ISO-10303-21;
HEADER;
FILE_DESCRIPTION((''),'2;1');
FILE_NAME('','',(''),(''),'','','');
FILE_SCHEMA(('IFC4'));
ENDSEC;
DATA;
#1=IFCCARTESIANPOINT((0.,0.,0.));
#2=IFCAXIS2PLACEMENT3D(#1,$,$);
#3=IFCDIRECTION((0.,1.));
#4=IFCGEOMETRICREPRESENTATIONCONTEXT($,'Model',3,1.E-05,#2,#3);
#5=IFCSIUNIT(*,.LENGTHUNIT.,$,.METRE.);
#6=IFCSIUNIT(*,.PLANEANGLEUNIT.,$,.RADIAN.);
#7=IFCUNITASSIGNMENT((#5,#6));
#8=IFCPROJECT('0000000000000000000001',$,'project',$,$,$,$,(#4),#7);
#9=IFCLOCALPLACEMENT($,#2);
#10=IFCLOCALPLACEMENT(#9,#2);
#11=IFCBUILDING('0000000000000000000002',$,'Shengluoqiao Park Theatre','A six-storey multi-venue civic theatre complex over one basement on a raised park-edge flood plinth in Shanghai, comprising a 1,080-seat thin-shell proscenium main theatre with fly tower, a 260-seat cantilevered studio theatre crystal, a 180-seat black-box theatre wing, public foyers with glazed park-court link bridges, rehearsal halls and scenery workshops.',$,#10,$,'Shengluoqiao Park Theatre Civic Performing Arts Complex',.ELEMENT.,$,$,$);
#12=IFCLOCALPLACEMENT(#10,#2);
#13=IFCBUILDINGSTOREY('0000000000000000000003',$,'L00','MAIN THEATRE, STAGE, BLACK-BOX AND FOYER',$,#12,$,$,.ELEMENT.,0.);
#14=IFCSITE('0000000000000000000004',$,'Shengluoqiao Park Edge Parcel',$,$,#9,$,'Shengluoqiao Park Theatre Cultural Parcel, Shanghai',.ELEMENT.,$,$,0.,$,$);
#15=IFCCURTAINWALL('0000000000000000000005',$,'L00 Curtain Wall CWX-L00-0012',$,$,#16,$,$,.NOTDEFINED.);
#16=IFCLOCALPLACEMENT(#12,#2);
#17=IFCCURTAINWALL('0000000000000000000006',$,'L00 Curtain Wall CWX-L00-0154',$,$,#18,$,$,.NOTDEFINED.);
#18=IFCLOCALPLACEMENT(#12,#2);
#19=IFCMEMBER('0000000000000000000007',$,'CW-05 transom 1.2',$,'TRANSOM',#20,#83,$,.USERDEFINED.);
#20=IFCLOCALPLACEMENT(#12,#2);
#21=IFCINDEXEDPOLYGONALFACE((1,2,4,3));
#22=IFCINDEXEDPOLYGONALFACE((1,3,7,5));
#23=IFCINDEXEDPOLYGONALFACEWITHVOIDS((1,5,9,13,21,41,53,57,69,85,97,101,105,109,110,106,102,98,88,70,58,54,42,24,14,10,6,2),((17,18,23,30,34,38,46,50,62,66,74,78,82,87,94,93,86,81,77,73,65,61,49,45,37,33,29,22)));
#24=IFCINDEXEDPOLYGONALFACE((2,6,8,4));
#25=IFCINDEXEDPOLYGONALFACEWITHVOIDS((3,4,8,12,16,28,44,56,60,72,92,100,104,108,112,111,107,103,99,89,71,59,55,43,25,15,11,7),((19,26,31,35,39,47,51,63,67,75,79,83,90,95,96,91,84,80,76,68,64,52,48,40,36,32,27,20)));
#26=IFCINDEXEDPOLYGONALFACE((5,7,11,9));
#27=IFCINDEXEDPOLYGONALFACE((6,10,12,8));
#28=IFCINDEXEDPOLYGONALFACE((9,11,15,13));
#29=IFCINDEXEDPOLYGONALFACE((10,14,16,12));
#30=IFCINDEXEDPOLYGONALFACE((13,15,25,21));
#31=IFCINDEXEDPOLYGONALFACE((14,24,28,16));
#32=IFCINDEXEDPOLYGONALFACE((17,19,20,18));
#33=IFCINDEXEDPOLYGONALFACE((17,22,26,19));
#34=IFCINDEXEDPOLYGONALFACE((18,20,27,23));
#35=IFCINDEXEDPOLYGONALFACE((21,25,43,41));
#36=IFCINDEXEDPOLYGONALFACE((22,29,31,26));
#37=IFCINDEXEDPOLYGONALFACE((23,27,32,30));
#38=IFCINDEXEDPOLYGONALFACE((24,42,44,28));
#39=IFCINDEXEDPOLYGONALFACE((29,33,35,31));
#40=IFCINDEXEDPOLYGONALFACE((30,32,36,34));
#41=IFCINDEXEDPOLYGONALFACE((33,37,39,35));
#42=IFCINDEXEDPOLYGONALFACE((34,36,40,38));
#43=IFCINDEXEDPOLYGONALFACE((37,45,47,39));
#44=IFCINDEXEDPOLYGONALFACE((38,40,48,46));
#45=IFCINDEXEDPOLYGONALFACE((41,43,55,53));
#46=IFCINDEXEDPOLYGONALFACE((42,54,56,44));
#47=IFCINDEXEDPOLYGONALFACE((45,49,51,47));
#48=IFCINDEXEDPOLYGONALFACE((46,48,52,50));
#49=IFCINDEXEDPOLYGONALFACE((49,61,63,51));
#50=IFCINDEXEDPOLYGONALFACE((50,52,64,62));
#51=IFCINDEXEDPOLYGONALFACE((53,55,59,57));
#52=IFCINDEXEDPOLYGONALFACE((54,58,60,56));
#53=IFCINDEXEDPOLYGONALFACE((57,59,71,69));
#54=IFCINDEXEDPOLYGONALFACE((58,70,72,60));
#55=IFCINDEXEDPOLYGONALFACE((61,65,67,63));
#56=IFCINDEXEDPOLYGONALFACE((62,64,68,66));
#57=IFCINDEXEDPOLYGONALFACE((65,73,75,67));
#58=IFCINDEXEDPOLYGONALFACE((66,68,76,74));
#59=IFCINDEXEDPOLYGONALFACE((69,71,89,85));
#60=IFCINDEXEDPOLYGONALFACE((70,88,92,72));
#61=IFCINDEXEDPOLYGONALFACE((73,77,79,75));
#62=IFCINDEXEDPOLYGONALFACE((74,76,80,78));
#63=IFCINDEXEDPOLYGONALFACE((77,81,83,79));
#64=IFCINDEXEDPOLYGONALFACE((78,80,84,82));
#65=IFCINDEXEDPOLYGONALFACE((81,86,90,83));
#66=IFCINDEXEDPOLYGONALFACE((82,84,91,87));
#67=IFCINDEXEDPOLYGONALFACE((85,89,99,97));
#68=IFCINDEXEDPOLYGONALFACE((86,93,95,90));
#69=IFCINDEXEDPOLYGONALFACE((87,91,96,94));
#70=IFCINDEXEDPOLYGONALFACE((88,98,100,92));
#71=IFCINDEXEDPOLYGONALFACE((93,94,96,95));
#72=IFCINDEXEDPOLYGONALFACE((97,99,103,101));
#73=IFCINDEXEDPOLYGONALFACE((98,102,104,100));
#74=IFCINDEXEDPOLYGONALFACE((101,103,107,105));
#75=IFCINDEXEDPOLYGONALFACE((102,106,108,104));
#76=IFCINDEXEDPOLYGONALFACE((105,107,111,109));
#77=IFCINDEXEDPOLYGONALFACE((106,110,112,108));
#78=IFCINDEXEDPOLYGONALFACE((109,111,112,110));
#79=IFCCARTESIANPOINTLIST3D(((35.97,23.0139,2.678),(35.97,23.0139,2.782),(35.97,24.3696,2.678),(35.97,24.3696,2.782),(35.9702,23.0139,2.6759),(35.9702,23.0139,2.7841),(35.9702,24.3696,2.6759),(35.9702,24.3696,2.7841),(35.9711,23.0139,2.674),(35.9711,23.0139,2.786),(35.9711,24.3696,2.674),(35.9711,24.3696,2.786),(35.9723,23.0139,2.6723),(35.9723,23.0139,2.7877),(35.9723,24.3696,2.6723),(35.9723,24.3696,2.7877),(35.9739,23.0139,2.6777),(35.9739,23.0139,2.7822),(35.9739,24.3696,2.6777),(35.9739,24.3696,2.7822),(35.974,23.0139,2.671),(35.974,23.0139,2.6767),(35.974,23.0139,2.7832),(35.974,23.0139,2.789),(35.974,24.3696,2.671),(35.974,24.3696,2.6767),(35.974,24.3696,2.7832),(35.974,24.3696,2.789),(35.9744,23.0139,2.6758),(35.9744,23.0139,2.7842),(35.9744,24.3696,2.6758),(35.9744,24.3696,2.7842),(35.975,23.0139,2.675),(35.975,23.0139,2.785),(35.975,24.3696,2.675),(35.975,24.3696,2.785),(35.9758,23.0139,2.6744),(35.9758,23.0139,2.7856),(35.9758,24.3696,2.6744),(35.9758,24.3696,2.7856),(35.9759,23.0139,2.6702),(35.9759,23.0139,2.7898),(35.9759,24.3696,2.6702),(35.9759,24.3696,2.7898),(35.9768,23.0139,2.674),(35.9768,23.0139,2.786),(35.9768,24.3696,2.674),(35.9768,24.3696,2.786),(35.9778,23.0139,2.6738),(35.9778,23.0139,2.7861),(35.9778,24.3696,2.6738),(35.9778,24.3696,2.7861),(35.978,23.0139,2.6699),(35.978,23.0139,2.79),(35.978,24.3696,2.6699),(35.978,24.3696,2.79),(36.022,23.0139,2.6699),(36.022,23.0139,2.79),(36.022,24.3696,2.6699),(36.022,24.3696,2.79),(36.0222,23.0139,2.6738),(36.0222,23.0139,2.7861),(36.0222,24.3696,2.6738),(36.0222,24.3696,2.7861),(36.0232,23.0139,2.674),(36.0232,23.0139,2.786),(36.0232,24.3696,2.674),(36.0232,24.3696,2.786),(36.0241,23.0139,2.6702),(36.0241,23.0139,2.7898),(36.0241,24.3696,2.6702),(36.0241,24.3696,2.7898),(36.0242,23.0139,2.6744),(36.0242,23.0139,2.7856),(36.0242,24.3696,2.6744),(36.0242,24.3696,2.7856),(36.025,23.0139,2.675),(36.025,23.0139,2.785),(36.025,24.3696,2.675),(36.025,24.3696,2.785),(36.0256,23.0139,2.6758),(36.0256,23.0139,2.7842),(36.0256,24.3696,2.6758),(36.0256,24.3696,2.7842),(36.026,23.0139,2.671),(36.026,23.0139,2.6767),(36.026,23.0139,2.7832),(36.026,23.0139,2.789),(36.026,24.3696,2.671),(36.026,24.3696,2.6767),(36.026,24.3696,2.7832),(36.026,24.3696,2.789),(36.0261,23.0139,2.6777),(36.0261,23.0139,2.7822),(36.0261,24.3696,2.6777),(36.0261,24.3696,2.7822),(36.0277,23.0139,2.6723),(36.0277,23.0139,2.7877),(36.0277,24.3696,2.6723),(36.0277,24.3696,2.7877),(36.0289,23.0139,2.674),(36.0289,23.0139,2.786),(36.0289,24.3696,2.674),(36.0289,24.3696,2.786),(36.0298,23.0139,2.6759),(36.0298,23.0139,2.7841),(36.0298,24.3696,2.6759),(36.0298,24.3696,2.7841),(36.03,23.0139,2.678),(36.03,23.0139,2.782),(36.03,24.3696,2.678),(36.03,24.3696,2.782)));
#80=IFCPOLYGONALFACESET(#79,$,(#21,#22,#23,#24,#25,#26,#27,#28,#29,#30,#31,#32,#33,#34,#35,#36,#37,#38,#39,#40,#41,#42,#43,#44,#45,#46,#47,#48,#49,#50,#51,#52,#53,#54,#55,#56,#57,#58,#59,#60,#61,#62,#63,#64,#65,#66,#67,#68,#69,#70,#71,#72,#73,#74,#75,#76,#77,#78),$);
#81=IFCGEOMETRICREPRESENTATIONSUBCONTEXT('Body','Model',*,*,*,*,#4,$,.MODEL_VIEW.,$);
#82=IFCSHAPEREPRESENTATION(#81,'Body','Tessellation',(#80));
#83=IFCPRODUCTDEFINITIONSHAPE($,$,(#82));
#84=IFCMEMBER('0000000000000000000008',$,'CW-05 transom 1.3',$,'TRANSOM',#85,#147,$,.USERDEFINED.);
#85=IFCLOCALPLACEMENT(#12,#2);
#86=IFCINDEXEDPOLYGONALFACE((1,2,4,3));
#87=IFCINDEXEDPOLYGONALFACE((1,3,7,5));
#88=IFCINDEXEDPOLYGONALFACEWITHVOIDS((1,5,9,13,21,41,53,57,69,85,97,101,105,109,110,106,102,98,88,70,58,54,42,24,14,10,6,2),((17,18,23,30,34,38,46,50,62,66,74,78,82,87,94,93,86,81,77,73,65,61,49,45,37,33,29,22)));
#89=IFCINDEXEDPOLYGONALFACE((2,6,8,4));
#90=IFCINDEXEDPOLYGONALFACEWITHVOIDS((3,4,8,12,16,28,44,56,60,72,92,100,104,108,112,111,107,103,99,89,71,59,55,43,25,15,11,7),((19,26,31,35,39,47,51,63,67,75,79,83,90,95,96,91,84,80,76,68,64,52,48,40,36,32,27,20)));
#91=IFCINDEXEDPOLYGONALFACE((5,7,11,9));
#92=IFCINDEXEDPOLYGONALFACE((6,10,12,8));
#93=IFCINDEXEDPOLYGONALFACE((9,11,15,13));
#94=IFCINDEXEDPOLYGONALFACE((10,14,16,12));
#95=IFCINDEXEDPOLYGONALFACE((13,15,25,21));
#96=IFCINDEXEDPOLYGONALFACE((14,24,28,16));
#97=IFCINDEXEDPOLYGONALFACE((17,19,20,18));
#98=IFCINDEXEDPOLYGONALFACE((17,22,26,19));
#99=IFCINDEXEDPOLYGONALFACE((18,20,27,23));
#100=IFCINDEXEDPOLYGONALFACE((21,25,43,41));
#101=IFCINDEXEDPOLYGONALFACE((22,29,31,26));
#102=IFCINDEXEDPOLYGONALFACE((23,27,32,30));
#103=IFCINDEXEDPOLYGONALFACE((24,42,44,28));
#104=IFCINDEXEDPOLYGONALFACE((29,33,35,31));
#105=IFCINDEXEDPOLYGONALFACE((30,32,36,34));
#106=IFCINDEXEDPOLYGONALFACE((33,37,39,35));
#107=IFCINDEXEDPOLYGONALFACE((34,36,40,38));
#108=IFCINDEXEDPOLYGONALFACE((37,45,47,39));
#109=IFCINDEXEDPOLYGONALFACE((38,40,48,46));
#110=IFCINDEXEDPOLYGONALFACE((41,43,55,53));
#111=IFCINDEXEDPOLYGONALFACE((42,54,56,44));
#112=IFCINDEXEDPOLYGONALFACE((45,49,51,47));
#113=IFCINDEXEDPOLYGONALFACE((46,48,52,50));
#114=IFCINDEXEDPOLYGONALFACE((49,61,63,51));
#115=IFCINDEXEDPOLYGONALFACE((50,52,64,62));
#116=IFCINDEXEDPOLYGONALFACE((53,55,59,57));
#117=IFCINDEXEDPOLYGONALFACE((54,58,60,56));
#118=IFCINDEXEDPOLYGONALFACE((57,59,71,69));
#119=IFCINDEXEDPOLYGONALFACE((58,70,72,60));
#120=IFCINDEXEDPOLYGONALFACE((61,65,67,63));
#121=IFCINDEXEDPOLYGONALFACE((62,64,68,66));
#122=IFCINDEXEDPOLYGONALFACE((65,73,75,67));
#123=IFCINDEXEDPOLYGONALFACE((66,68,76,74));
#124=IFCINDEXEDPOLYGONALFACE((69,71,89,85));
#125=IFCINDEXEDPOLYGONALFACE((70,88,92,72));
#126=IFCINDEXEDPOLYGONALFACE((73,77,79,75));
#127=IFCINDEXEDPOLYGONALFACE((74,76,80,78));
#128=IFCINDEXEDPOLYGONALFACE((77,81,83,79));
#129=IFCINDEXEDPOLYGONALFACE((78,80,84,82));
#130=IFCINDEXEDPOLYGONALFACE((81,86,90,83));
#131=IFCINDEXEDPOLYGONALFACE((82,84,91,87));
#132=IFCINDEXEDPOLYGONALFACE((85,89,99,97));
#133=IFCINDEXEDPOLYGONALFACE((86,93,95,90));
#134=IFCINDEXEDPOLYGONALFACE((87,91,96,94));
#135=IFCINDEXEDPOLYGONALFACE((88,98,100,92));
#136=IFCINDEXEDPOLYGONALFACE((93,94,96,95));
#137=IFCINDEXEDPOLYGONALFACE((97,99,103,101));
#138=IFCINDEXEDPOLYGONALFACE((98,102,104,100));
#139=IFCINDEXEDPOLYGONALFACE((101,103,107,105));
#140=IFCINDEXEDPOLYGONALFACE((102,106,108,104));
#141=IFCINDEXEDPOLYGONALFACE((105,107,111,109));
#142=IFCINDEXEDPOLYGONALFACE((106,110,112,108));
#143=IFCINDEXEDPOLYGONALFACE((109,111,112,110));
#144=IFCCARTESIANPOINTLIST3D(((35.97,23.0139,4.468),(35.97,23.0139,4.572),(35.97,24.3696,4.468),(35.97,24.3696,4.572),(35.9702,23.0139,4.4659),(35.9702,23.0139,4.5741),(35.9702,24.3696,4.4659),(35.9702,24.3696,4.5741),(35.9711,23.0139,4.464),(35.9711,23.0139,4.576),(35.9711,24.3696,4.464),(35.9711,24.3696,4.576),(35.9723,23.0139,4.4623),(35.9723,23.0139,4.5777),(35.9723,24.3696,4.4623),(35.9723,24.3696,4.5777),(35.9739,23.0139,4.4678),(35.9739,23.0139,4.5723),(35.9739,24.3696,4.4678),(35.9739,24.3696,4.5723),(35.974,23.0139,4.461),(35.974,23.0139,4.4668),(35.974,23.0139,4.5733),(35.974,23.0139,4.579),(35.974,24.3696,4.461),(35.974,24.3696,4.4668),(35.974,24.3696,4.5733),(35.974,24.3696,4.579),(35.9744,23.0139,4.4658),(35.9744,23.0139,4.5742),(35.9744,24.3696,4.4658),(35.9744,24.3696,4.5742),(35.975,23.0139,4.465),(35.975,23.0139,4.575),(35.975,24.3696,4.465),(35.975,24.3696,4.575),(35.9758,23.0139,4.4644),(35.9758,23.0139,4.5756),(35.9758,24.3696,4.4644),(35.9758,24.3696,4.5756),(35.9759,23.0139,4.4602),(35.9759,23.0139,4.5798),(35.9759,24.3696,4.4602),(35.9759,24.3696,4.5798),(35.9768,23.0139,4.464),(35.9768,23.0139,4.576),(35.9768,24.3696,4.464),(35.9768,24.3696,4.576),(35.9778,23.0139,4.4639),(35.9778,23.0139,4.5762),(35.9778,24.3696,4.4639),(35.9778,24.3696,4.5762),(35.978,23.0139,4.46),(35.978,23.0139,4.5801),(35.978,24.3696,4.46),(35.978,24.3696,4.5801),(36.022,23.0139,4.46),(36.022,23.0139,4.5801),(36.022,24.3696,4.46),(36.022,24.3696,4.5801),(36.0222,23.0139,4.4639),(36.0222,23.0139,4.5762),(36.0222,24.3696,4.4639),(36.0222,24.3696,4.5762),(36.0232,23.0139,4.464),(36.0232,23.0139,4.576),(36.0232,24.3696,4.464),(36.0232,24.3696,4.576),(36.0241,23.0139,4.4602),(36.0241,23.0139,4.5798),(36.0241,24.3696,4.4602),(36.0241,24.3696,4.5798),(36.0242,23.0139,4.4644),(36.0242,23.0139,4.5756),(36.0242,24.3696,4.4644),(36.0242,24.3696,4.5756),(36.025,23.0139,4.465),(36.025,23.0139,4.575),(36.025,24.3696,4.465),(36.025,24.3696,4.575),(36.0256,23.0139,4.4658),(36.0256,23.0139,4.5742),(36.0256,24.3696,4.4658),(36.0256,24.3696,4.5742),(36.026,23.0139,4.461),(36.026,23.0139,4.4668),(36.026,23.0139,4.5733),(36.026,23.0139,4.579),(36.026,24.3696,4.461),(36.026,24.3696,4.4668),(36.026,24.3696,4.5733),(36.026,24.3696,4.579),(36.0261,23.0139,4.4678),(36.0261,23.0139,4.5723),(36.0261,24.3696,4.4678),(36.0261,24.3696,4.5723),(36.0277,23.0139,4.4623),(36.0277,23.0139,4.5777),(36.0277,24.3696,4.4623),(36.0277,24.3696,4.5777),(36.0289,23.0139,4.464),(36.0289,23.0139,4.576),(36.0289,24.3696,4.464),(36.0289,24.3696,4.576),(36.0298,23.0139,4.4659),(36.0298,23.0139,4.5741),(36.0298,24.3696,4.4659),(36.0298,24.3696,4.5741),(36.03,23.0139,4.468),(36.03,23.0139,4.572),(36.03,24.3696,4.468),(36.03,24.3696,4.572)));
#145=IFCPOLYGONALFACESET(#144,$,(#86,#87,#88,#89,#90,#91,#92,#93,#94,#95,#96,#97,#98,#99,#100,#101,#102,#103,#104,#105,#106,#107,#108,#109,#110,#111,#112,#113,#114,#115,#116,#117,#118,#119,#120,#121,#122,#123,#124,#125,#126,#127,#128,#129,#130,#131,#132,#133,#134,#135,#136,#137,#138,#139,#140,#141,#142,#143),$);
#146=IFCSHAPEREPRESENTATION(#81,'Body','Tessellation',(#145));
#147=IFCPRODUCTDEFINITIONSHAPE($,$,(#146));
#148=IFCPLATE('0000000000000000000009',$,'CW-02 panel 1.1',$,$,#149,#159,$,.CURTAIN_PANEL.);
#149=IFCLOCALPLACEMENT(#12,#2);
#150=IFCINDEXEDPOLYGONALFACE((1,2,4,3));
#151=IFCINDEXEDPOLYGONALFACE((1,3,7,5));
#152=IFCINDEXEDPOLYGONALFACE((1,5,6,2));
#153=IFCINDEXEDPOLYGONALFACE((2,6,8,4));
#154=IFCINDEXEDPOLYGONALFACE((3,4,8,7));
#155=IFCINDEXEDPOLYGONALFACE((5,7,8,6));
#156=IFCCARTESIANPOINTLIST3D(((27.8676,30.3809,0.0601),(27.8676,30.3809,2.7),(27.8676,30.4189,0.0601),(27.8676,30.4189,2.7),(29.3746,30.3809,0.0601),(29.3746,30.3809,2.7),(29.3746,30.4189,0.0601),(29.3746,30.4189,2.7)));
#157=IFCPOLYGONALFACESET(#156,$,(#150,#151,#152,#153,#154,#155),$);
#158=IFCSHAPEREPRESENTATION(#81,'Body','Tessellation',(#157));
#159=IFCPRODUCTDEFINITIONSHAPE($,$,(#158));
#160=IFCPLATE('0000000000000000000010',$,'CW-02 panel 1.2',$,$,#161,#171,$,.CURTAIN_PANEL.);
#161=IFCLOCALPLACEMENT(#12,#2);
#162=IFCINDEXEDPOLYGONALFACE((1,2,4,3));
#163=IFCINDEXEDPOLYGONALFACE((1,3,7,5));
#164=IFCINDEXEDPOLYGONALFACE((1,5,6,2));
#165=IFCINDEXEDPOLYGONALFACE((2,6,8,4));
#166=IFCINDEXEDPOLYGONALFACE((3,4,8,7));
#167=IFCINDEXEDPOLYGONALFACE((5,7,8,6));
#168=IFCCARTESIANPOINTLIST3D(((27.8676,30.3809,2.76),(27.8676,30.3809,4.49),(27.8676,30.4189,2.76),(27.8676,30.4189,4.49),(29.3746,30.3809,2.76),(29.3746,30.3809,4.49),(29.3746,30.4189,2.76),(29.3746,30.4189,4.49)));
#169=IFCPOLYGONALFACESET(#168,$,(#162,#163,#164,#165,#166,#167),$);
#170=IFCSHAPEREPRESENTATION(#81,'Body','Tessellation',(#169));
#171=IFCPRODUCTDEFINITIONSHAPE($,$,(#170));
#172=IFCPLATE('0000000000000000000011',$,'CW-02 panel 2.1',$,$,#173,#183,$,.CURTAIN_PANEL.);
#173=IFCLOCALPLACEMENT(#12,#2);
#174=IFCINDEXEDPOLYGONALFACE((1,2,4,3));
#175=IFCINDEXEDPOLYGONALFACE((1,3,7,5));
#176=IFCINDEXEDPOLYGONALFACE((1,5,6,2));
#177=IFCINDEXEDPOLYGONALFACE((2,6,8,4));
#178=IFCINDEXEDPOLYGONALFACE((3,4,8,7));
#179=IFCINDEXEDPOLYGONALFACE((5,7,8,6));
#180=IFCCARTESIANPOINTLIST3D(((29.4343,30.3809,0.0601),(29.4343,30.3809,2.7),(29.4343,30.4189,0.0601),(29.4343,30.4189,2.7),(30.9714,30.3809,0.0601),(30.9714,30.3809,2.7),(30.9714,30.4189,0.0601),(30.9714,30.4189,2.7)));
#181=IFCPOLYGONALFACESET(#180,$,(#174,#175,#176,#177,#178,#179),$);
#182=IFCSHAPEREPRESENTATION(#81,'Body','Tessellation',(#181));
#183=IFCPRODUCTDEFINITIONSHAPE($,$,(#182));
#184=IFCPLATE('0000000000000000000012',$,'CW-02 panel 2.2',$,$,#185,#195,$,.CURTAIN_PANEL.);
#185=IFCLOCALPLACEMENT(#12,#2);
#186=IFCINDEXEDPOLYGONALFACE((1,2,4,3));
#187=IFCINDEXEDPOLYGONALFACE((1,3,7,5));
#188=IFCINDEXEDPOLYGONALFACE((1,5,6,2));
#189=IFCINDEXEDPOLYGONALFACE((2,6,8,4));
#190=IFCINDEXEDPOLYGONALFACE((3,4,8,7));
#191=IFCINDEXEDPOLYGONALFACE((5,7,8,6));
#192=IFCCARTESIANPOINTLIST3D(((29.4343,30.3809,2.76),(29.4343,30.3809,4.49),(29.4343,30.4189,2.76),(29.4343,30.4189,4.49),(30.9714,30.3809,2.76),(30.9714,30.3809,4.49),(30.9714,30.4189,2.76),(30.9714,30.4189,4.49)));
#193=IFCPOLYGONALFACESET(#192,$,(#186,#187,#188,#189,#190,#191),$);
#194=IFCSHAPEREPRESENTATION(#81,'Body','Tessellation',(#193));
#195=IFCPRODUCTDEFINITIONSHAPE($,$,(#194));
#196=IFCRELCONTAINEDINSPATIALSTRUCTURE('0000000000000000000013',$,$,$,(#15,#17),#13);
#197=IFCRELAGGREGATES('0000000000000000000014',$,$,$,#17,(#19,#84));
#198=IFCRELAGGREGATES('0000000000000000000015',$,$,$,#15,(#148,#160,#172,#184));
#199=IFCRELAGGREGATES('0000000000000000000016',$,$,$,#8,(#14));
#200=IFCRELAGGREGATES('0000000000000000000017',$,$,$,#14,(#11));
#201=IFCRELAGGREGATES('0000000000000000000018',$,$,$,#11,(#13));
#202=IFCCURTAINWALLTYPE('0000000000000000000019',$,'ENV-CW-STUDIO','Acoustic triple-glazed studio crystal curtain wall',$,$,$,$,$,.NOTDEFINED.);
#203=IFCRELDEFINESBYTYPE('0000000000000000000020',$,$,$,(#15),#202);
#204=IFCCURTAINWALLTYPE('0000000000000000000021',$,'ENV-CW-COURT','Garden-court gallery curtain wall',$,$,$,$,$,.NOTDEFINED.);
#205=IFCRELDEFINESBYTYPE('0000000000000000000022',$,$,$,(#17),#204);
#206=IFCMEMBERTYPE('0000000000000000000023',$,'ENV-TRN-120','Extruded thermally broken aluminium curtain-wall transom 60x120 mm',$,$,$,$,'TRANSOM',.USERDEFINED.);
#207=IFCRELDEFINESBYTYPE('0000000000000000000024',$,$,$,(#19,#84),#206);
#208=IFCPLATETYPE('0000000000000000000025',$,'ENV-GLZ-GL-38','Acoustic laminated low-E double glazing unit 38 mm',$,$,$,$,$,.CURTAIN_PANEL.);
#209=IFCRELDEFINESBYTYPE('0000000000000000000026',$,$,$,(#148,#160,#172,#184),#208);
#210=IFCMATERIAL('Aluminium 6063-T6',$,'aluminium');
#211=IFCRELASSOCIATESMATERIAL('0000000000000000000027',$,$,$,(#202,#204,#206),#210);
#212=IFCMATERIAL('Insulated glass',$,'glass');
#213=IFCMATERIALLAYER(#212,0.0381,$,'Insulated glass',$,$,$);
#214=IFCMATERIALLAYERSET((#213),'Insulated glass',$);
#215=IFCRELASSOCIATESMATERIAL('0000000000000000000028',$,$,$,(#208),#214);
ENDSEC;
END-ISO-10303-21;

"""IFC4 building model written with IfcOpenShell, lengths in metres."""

from ifc_helpers import new_model, si_unit, direction, frame, origin, origin_2d, place, context, subcontext, project, spatial, rectangle, hollow_rectangle, extrude, material, layer, layer_set, material_profile, profile_set, type_object, element, aggregate, save


model = new_model("IFC4")

# Units and contexts
model_context = context("Model", 3, precision=1e-05, world=origin(), true_north=direction((0.0, 1.0)))
body_context = subcontext(model_context, "Body", "Model", "MODEL_VIEW")
ifc_project = project(units=[si_unit("LENGTHUNIT", "METRE"), si_unit("PLANEANGLEUNIT", "RADIAN")], contexts=[model_context])

# Site, building, storey
site_placement = place(None, origin())
site = spatial("IfcSite", under=ifc_project, at=site_placement, Name="Shengluoqiao Park Edge Parcel", LongName="Shengluoqiao Park Theatre Cultural Parcel, Shanghai", CompositionType="ELEMENT", RefElevation=0.0)
building_placement = place(site_placement, origin())
building = spatial("IfcBuilding", under=site, at=building_placement, Name="Shengluoqiao Park Theatre", Description="A six-storey multi-venue civic theatre complex over one basement on a raised park-edge flood plinth in Shanghai, comprising a 1,080-seat thin-shell proscenium main theatre with fly tower, a 260-seat cantilevered studio theatre crystal, a 180-seat black-box theatre wing, public foyers with glazed park-court link bridges, rehearsal halls and scenery workshops.", LongName="Shengluoqiao Park Theatre Civic Performing Arts Complex", CompositionType="ELEMENT")
storey_placement = place(building_placement, origin())
storey = spatial("IfcBuildingStorey", under=building, at=storey_placement, Name="L00", Description="MAIN THEATRE, STAGE, BLACK-BOX AND FOYER", CompositionType="ELEMENT", Elevation=0.0)

# Curtain wall
ifc_material_1 = material(Name="Aluminium 6063-T6", Category="aluminium")
curtain_wall_type_1 = type_object("IfcCurtainWallType", Name="ENV-CW-STUDIO", Description="Acoustic triple-glazed studio crystal curtain wall", PredefinedType="NOTDEFINED", material=ifc_material_1)
curtain_wall_1_placement = place(storey_placement, origin())
curtain_wall_1 = element("IfcCurtainWall", 1, at=curtain_wall_1_placement, inside=storey, type_object=curtain_wall_type_1, Name="L00 Curtain Wall CWX-L00-0012", PredefinedType="NOTDEFINED")

# Curtain wall
curtain_wall_type_2 = type_object("IfcCurtainWallType", Name="ENV-CW-COURT", Description="Garden-court gallery curtain wall", PredefinedType="NOTDEFINED", material=ifc_material_1)
curtain_wall_2_placement = place(storey_placement, origin())
curtain_wall_2 = element("IfcCurtainWall", 2, at=curtain_wall_2_placement, inside=storey, type_object=curtain_wall_type_2, Name="L00 Curtain Wall CWX-L00-0154", PredefinedType="NOTDEFINED")

# Members
ifc_material_profile_1 = material_profile(ifc_material_1, hollow_rectangle(XDim=0.0601, YDim=0.1201, WallThickness=0.0039, InnerFilletRadius=0.0039, OuterFilletRadius=0.0081, at=origin_2d()), Name="ALU TRANSOM 120x60x4")
ifc_profile_set_1 = profile_set([ifc_material_profile_1], Name="Aluminium 6063-T6")
member_type_1 = type_object("IfcMemberType", Name="ENV-TRN-120", Description="Extruded thermally broken aluminium curtain-wall transom 60x120 mm", ElementType="TRANSOM", PredefinedType="USERDEFINED", material=ifc_profile_set_1)
member_1_placement = place(storey_placement, frame((36.0, 23.0139, 2.73), z_axis=(0.0, 1.0, 0.0), x_axis=(-1.0, 0.0, 0.0)))
member_1 = element("IfcMember", 3, at=member_1_placement, type_object=member_type_1, Name="CW-05 transom 1.2", ObjectType="TRANSOM", PredefinedType="USERDEFINED", context=body_context, shape_type="SweptSolid", body=[
    extrude(hollow_rectangle(XDim=0.0601, YDim=0.1201, WallThickness=0.0039, InnerFilletRadius=0.0039, OuterFilletRadius=0.0081, at=origin_2d()), origin(), (0.0, 0.0, 1.0), 1.3557),
])
member_2_placement = place(storey_placement, frame((36.0, 23.0139, 4.52), z_axis=(0.0, 1.0, 0.0), x_axis=(-1.0, 0.0, 0.0)))
member_2 = element("IfcMember", 4, at=member_2_placement, type_object=member_type_1, Name="CW-05 transom 1.3", ObjectType="TRANSOM", PredefinedType="USERDEFINED", context=body_context, shape_type="SweptSolid", body=[
    extrude(hollow_rectangle(XDim=0.0601, YDim=0.1201, WallThickness=0.0039, InnerFilletRadius=0.0039, OuterFilletRadius=0.0081, at=origin_2d()), origin(), (0.0, 0.0, 1.0), 1.3557),
])
aggregate(curtain_wall_2, [member_1, member_2])

# Plates
ifc_material_2 = material(Name="Insulated glass", Category="glass")
ifc_layer = layer(ifc_material_2, 0.0381, Name="Insulated glass")
ifc_layer_set = layer_set([ifc_layer], Name="Insulated glass")
plate_type = type_object("IfcPlateType", Name="ENV-GLZ-GL-38", Description="Acoustic laminated low-E double glazing unit 38 mm", PredefinedType="CURTAIN_PANEL", material=ifc_layer_set)
plate_1_placement = place(storey_placement, frame((28.6211, 30.3999, 0.0601), z_axis=(0.0, 0.0, 1.0), x_axis=(1.0, 0.0, 0.0)))
plate_1 = element("IfcPlate", 5, at=plate_1_placement, type_object=plate_type, Name="CW-02 panel 1.1", PredefinedType="CURTAIN_PANEL", context=body_context, shape_type="SweptSolid", body=[
    extrude(rectangle(XDim=1.5071, YDim=0.0381, at=origin_2d()), origin(), (0.0, 0.0, 1.0), 2.6399),
])
plate_2_placement = place(storey_placement, frame((28.6211, 30.3999, 2.76), z_axis=(0.0, 0.0, 1.0), x_axis=(1.0, 0.0, 0.0)))
plate_2 = element("IfcPlate", 6, at=plate_2_placement, type_object=plate_type, Name="CW-02 panel 1.2", PredefinedType="CURTAIN_PANEL", context=body_context, shape_type="SweptSolid", body=[
    extrude(rectangle(XDim=1.5071, YDim=0.0381, at=origin_2d()), origin(), (0.0, 0.0, 1.0), 1.73),
])
plate_3_placement = place(storey_placement, frame((30.2029, 30.3999, 0.0601), z_axis=(0.0, 0.0, 1.0), x_axis=(1.0, 0.0, 0.0)))
plate_3 = element("IfcPlate", 7, at=plate_3_placement, type_object=plate_type, Name="CW-02 panel 2.1", PredefinedType="CURTAIN_PANEL", context=body_context, shape_type="SweptSolid", body=[
    extrude(rectangle(XDim=1.5371, YDim=0.0381, at=origin_2d()), origin(), (0.0, 0.0, 1.0), 2.6399),
])
plate_4_placement = place(storey_placement, frame((30.2029, 30.3999, 2.76), z_axis=(0.0, 0.0, 1.0), x_axis=(1.0, 0.0, 0.0)))
plate_4 = element("IfcPlate", 8, at=plate_4_placement, type_object=plate_type, Name="CW-02 panel 2.2", PredefinedType="CURTAIN_PANEL", context=body_context, shape_type="SweptSolid", body=[
    extrude(rectangle(XDim=1.5371, YDim=0.0381, at=origin_2d()), origin(), (0.0, 0.0, 1.0), 1.73),
])
aggregate(curtain_wall_1, [plate_1, plate_2, plate_3, plate_4])

save(model, "model.ifc")
